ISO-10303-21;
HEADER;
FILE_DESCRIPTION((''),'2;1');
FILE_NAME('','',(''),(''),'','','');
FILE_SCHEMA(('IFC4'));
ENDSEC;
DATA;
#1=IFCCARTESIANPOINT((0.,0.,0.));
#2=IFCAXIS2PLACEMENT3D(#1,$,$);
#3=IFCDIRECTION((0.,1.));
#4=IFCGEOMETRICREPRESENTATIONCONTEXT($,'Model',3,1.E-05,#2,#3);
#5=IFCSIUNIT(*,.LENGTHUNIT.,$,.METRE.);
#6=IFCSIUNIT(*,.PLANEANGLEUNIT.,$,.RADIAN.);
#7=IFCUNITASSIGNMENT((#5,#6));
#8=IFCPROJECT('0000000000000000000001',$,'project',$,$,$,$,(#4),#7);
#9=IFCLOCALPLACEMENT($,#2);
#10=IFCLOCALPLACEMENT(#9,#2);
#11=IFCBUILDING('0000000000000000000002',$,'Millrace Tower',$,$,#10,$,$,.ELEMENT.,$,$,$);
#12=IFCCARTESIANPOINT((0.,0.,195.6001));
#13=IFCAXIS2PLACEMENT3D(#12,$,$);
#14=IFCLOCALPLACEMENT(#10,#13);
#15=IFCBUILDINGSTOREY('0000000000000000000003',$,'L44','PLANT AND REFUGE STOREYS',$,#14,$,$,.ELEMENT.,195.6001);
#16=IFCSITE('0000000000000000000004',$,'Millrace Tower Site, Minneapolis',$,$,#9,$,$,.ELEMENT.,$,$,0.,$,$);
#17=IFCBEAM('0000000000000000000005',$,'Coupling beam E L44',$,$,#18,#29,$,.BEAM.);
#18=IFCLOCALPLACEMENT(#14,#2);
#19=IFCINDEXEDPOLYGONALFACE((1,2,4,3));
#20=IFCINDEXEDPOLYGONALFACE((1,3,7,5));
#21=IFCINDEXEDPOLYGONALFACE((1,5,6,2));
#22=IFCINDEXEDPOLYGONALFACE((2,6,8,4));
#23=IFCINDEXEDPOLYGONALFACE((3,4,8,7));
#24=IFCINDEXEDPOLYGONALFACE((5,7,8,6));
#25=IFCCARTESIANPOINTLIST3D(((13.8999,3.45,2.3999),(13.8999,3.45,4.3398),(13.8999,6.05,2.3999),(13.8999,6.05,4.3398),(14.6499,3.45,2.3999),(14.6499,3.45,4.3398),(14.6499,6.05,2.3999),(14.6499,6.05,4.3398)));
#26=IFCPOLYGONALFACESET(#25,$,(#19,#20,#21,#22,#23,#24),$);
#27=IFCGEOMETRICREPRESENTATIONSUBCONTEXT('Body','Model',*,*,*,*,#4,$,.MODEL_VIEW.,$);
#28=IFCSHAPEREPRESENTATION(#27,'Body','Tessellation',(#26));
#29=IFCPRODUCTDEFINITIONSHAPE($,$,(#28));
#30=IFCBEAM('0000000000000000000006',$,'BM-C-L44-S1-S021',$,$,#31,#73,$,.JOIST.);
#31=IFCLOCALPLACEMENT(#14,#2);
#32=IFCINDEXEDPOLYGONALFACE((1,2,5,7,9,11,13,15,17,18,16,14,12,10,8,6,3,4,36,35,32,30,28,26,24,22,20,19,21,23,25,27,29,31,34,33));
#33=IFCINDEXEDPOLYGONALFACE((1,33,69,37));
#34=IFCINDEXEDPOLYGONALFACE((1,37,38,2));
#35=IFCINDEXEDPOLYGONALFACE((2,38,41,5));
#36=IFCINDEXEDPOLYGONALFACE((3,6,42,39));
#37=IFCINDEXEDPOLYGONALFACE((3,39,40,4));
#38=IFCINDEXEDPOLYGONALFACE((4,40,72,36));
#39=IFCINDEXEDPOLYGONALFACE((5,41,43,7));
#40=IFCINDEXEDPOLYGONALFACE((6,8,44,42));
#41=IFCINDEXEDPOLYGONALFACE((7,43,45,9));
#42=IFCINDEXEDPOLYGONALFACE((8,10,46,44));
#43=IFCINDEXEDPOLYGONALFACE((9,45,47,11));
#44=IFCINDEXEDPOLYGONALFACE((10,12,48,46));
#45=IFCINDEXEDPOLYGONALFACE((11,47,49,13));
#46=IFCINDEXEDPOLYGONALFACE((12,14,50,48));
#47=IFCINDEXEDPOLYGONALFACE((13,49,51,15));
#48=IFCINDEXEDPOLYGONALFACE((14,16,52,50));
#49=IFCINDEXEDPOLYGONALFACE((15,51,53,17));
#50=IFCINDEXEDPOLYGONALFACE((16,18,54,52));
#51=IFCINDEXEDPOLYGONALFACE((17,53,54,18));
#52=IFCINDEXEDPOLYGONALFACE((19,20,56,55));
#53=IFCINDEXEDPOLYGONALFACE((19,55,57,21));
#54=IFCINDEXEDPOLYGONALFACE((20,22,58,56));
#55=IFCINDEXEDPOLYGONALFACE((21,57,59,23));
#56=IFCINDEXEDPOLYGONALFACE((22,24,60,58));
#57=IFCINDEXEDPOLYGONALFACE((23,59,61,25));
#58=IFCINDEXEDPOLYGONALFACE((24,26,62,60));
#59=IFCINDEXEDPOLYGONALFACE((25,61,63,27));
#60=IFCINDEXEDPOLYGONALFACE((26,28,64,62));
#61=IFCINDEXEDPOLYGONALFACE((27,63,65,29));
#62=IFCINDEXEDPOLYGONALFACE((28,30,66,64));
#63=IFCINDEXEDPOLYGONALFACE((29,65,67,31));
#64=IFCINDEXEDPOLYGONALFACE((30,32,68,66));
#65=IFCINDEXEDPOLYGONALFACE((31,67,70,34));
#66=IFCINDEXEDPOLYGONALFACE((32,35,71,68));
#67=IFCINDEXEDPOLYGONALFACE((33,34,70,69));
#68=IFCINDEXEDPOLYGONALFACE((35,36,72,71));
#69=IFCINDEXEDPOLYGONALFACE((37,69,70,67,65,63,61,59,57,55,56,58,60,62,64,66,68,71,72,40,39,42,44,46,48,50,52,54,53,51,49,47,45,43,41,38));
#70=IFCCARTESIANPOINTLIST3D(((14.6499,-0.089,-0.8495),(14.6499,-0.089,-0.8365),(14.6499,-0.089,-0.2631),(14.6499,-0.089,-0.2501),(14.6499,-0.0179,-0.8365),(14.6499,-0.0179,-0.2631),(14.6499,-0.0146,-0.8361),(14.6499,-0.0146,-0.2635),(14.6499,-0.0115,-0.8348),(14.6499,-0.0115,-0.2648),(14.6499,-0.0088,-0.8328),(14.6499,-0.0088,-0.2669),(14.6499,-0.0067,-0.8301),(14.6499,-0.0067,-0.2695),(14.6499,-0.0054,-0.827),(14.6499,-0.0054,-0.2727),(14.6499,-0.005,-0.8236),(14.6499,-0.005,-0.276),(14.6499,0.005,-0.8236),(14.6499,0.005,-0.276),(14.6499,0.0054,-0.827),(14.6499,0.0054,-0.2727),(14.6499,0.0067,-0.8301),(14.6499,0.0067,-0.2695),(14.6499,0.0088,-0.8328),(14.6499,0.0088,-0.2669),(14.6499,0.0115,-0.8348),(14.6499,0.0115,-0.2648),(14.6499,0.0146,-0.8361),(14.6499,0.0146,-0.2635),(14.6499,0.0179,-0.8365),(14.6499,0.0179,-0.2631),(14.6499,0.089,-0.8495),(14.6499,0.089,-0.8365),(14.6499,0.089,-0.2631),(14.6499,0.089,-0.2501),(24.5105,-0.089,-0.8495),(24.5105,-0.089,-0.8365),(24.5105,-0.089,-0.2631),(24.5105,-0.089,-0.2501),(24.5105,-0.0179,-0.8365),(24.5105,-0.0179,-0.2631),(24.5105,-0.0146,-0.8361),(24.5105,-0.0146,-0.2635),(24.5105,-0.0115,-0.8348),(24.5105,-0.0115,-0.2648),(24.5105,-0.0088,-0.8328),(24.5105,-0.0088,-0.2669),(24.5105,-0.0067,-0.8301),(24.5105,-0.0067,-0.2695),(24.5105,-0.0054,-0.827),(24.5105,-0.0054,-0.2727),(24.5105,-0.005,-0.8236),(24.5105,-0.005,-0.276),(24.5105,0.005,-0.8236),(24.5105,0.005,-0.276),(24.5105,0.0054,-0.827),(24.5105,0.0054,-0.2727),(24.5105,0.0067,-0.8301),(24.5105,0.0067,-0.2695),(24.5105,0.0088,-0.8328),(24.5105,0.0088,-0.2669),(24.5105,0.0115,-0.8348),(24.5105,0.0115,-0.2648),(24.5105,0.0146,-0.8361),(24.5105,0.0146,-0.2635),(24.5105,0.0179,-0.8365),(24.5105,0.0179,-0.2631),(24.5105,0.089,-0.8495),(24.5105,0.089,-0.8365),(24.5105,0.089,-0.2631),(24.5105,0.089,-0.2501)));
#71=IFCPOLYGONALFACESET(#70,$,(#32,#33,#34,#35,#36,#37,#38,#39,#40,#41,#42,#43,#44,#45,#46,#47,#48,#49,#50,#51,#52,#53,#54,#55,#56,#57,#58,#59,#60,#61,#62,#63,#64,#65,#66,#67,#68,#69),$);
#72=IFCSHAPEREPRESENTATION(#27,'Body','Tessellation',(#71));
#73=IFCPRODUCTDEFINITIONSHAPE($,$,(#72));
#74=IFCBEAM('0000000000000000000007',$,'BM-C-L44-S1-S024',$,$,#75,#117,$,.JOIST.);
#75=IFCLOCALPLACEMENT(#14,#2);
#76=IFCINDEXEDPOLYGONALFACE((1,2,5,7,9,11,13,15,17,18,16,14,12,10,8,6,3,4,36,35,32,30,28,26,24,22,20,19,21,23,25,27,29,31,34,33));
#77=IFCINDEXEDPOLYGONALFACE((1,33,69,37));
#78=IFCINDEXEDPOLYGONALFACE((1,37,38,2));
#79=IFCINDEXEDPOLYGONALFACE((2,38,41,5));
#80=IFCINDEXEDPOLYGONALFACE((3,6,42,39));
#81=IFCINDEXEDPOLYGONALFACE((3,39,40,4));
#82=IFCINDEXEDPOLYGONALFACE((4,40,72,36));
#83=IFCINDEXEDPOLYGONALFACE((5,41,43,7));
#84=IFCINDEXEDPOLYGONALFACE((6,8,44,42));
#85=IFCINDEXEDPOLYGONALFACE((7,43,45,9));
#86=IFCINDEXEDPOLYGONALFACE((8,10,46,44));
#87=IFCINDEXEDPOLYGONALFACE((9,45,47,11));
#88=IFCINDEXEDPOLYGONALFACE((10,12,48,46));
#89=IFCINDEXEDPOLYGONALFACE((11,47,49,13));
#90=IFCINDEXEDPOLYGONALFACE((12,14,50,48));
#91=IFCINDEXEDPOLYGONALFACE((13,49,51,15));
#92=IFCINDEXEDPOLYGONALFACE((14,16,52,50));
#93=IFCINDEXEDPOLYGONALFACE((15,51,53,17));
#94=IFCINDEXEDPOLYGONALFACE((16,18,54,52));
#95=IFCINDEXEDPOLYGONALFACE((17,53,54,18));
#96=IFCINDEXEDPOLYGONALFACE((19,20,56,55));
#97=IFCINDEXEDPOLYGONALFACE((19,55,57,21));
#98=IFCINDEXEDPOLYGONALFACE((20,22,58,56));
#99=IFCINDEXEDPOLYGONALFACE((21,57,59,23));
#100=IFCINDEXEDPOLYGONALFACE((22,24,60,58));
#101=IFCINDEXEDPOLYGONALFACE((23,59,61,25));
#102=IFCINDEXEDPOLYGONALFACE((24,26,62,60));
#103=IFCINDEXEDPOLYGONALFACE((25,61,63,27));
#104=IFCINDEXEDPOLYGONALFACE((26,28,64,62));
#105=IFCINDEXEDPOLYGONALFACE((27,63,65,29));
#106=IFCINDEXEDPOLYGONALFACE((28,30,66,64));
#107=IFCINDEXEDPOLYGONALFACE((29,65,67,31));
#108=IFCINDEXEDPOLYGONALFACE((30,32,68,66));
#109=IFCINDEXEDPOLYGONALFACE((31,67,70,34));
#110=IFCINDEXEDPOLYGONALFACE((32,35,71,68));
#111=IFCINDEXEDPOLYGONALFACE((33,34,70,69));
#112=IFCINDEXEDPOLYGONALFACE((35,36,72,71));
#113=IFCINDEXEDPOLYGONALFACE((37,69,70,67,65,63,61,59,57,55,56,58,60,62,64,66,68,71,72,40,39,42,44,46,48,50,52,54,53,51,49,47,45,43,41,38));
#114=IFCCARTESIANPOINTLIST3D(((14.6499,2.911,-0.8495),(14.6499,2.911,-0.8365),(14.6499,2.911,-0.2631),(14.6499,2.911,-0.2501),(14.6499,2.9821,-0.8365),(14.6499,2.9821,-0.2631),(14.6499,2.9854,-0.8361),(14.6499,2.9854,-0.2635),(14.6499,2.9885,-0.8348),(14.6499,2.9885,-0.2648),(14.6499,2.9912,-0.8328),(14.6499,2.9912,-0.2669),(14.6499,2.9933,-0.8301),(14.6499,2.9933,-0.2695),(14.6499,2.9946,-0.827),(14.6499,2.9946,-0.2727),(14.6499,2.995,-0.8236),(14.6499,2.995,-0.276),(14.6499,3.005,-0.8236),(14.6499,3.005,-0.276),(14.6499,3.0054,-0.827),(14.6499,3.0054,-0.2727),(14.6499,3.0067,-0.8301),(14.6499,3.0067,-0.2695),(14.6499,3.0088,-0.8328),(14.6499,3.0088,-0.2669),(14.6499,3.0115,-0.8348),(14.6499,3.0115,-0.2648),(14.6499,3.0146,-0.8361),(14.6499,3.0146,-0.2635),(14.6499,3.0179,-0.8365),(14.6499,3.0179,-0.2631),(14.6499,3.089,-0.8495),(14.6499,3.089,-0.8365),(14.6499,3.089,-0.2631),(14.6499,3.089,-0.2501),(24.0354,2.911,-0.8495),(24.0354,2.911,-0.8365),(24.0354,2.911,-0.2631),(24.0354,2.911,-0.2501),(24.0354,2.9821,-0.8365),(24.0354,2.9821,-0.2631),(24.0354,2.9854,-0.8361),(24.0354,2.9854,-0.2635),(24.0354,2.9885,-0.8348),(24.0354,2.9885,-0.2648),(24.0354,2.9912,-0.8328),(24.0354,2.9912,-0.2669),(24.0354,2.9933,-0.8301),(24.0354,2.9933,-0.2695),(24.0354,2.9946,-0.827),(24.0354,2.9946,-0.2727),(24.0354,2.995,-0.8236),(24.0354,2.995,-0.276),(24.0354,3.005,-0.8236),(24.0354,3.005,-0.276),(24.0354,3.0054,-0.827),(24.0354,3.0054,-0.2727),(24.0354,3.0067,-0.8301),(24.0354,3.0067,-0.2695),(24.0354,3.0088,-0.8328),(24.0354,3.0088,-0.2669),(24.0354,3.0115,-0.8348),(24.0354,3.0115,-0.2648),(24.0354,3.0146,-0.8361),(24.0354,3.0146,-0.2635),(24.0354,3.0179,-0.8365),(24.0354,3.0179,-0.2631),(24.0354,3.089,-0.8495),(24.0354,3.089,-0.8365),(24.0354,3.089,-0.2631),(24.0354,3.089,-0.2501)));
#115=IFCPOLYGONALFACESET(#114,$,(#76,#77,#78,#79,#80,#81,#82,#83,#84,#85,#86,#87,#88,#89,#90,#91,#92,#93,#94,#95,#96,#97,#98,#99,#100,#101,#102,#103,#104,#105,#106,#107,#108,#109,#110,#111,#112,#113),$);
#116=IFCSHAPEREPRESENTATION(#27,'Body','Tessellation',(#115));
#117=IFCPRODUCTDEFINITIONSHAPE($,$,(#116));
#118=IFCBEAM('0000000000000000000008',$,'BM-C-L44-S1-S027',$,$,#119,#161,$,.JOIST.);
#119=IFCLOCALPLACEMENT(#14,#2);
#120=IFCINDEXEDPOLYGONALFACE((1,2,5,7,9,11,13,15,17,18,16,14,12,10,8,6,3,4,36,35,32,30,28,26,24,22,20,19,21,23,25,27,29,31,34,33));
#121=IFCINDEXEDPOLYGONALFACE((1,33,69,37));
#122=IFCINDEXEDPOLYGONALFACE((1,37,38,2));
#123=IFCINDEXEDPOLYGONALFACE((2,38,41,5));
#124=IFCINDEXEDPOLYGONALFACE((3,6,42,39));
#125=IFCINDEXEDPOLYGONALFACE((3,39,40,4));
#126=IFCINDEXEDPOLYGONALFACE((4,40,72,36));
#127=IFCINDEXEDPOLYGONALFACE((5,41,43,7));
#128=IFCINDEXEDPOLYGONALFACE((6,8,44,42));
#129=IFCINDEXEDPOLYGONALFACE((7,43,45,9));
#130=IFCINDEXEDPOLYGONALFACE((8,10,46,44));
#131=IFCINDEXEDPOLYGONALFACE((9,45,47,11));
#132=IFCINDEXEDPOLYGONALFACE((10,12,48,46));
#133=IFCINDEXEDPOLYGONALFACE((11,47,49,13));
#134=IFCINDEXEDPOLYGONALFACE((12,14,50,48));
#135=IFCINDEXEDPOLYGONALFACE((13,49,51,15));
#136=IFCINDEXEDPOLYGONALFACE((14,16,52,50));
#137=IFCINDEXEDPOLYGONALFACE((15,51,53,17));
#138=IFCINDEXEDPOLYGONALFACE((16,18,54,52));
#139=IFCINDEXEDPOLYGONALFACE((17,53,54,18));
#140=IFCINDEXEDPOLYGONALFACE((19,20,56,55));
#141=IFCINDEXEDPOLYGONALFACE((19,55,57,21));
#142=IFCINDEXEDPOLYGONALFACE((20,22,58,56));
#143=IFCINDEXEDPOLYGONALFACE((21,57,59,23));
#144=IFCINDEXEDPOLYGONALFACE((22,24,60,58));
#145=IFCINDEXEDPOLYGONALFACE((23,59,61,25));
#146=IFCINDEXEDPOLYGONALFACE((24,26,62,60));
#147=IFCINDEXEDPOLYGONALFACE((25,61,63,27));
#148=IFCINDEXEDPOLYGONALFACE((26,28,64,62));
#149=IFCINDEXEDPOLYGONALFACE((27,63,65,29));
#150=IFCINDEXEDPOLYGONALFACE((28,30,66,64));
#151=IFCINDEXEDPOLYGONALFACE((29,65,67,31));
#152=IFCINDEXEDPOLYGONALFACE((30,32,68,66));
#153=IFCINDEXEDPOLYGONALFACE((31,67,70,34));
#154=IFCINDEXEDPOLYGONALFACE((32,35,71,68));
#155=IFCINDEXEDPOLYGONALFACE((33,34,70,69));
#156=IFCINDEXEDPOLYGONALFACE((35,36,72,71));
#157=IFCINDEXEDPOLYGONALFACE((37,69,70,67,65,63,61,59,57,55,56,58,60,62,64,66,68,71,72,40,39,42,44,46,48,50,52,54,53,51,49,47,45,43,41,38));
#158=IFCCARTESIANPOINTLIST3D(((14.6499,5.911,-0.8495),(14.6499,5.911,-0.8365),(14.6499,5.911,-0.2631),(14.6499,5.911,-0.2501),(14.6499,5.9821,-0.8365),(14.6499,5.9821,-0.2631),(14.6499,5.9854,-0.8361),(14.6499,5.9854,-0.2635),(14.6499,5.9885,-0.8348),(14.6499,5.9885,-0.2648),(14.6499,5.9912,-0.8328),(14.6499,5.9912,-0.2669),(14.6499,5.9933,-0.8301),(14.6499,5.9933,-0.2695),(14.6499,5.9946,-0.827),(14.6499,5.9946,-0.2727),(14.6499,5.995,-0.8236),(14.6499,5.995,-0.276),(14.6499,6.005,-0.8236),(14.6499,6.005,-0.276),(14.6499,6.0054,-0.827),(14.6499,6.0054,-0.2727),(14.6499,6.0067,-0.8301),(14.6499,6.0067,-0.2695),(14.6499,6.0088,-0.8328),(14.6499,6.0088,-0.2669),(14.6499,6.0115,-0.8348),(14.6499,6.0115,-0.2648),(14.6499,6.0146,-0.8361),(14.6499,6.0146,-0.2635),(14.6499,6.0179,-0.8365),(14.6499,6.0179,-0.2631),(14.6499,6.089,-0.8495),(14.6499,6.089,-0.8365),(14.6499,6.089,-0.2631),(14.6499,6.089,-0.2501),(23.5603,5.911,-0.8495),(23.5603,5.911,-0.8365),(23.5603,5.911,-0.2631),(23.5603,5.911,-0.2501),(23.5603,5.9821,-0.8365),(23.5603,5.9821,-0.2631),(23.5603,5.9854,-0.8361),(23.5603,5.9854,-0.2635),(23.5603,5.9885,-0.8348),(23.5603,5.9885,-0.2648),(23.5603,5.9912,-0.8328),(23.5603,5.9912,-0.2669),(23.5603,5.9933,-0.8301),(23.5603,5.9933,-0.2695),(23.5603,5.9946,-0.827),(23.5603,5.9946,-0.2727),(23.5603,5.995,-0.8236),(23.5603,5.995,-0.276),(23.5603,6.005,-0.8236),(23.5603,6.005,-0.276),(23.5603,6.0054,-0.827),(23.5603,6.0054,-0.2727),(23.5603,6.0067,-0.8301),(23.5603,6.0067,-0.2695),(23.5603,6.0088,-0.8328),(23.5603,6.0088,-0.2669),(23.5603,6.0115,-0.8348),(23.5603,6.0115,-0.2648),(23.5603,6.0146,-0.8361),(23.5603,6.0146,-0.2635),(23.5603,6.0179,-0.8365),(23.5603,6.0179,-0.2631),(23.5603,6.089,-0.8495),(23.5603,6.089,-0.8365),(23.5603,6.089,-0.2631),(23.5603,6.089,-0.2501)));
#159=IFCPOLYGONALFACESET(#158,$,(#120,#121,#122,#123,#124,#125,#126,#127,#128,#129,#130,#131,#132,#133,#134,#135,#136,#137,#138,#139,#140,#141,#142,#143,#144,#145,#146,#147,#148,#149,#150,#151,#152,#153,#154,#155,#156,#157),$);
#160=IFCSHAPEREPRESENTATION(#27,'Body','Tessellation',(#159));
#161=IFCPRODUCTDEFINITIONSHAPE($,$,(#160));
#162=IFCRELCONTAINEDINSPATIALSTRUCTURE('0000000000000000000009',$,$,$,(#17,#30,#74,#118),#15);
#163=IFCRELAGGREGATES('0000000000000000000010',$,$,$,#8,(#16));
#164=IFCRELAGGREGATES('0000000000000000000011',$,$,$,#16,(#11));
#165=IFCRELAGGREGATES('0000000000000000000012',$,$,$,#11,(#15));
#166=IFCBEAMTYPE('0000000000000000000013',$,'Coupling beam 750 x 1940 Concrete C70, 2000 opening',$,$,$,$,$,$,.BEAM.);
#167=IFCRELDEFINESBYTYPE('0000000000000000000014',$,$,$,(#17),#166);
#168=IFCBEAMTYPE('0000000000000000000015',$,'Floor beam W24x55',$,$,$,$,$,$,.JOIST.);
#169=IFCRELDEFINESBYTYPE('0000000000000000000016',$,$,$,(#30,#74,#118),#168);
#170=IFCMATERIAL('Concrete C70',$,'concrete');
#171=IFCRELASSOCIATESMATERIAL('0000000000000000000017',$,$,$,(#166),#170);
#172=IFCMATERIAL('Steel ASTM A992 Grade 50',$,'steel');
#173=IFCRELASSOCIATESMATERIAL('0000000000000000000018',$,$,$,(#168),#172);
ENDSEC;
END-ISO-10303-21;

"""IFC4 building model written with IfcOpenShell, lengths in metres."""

from ifc_helpers import new_model, si_unit, direction, frame, origin, origin_2d, place, context, subcontext, project, spatial, rectangle, i_section, extrude, material, material_profile, profile_set, type_object, element, save


model = new_model("IFC4")

# Units and contexts
model_context = context("Model", 3, precision=1e-05, world=origin(), true_north=direction((0.0, 1.0)))
body_context = subcontext(model_context, "Body", "Model", "MODEL_VIEW")
ifc_project = project(units=[si_unit("LENGTHUNIT", "METRE"), si_unit("PLANEANGLEUNIT", "RADIAN")], contexts=[model_context])

# Site, building, storey
site_placement = place(None, origin())
site = spatial("IfcSite", under=ifc_project, at=site_placement, Name="Millrace Tower Site, Minneapolis", CompositionType="ELEMENT", RefElevation=0.0)
building_placement = place(site_placement, origin())
building = spatial("IfcBuilding", under=site, at=building_placement, Name="Millrace Tower", CompositionType="ELEMENT")
storey_placement = place(building_placement, frame((0.0, 0.0, 195.6001)))
storey = spatial("IfcBuildingStorey", under=building, at=storey_placement, Name="L44", Description="PLANT AND REFUGE STOREYS", CompositionType="ELEMENT", Elevation=195.6001)

# Beams
ifc_material_1 = material(Name="Concrete C70", Category="concrete")
ifc_material_profile_1 = material_profile(ifc_material_1, rectangle(XDim=0.75, YDim=1.9399, at=origin_2d()))
ifc_profile_set_1 = profile_set([ifc_material_profile_1], Name="Concrete C70")
beam_type_1 = type_object("IfcBeamType", Name="Coupling beam 750 x 1940 Concrete C70, 2000 opening", PredefinedType="BEAM", material=ifc_profile_set_1)
beam_1_placement = place(storey_placement, frame((14.2749, 6.05, 3.3699), z_axis=(0.0, -1.0, 0.0), x_axis=(1.0, 0.0, 0.0)))
element("IfcBeam", 1, at=beam_1_placement, inside=storey, type_object=beam_type_1, Name="Coupling beam E L44", PredefinedType="BEAM", context=body_context, shape_type="SweptSolid", body=[
    extrude(rectangle(XDim=0.75, YDim=1.9399, at=origin_2d()), origin(), (0.0, 0.0, 1.0), 2.6001),
])
ifc_material_2 = material(Name="Steel ASTM A992 Grade 50", Category="steel")
ifc_material_profile_2 = material_profile(ifc_material_2, i_section(OverallWidth=0.178, OverallDepth=0.5994, WebThickness=0.01, FlangeThickness=0.0129, FilletRadius=0.0129, at=origin_2d()))
ifc_profile_set_2 = profile_set([ifc_material_profile_2], Name="Steel ASTM A992 Grade 50")
beam_type_2 = type_object("IfcBeamType", Name="Floor beam W24x55", PredefinedType="JOIST", material=ifc_profile_set_2)
beam_2_placement = place(storey_placement, frame((14.6499, 0.0, -0.5498), z_axis=(1.0, 0.0, 0.0), x_axis=(0.0, 1.0, 0.0)))
element("IfcBeam", 2, at=beam_2_placement, inside=storey, type_object=beam_type_2, Name="BM-C-L44-S1-S021", PredefinedType="JOIST", context=body_context, shape_type="SweptSolid", body=[
    extrude(i_section(OverallWidth=0.178, OverallDepth=0.5994, WebThickness=0.01, FlangeThickness=0.0129, FilletRadius=0.0129, at=origin_2d()), origin(), (0.0, 0.0, 1.0), 9.8606),
])
beam_3_placement = place(storey_placement, frame((14.6499, 3.0, -0.5498), z_axis=(1.0, 0.0, 0.0), x_axis=(0.0, 1.0, 0.0)))
element("IfcBeam", 3, at=beam_3_placement, inside=storey, type_object=beam_type_2, Name="BM-C-L44-S1-S024", PredefinedType="JOIST", context=body_context, shape_type="SweptSolid", body=[
    extrude(i_section(OverallWidth=0.178, OverallDepth=0.5994, WebThickness=0.01, FlangeThickness=0.0129, FilletRadius=0.0129, at=origin_2d()), origin(), (0.0, 0.0, 1.0), 9.3855),
])
beam_4_placement = place(storey_placement, frame((14.6499, 6.0, -0.5498), z_axis=(1.0, 0.0, 0.0), x_axis=(0.0, 1.0, 0.0)))
element("IfcBeam", 4, at=beam_4_placement, inside=storey, type_object=beam_type_2, Name="BM-C-L44-S1-S027", PredefinedType="JOIST", context=body_context, shape_type="SweptSolid", body=[
    extrude(i_section(OverallWidth=0.178, OverallDepth=0.5994, WebThickness=0.01, FlangeThickness=0.0129, FilletRadius=0.0129, at=origin_2d()), origin(), (0.0, 0.0, 1.0), 8.9104),
])

save(model, "model.ifc")
